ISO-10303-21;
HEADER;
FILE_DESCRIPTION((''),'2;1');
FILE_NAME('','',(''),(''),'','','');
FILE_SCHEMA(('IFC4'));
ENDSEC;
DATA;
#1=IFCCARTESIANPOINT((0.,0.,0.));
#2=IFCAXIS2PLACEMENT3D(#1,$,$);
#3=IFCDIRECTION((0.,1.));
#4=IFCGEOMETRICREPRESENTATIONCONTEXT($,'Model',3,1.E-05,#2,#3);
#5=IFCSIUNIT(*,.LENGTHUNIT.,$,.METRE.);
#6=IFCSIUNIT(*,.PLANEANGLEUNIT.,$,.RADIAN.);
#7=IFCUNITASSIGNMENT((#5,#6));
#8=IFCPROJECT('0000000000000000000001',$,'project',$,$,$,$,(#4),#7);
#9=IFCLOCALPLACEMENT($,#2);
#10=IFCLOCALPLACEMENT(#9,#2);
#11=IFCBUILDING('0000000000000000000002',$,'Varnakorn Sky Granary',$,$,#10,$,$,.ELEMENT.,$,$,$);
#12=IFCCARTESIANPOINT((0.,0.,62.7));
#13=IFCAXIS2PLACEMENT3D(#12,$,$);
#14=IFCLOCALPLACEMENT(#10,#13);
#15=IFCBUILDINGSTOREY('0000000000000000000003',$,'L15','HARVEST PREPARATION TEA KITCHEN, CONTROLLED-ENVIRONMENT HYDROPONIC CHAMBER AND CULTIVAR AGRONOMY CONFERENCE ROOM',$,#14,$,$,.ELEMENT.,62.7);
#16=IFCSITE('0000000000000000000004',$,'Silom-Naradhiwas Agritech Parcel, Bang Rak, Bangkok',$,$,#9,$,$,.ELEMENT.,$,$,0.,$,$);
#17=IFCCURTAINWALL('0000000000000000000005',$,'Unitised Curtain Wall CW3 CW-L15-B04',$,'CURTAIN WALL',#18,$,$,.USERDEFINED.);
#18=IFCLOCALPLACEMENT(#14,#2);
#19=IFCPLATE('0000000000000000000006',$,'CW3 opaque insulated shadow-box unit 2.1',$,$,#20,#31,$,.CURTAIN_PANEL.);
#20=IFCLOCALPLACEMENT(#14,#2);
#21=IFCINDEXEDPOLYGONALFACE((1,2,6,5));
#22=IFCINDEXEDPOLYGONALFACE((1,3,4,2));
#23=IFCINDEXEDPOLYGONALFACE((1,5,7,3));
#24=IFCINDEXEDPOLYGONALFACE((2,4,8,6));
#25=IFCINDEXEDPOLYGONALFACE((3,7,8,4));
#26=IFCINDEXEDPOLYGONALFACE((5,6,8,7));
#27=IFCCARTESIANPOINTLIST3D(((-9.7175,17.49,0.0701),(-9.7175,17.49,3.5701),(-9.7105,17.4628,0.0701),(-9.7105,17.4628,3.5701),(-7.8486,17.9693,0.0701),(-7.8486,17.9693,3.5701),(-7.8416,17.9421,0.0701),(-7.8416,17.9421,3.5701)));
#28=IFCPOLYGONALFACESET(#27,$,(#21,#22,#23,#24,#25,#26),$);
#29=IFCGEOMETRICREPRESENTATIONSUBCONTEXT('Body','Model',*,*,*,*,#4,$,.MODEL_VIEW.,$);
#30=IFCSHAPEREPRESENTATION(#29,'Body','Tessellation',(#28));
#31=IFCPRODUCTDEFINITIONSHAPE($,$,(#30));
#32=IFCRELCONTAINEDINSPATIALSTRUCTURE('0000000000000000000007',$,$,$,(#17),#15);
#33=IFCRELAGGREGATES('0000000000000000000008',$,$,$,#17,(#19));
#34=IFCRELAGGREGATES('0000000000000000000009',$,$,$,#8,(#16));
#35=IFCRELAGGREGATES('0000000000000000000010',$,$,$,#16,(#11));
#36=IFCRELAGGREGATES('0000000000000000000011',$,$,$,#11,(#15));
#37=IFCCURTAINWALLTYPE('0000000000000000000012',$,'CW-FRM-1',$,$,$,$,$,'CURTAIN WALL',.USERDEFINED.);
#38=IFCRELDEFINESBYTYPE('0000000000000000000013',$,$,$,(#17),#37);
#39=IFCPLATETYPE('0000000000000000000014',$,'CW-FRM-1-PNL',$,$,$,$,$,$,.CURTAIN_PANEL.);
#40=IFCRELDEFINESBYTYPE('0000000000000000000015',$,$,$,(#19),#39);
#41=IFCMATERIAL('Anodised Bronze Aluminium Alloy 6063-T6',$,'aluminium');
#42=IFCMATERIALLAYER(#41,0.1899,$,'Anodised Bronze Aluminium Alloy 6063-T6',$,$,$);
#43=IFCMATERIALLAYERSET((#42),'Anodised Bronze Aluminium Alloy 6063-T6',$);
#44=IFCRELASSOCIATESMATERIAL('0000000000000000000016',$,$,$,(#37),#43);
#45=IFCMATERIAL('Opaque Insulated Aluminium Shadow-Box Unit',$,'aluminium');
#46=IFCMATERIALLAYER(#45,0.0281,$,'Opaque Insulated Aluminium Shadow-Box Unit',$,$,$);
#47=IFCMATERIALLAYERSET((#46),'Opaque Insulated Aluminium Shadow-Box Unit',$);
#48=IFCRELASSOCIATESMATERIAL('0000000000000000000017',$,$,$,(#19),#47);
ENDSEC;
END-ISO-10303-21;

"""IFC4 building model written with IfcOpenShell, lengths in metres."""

from ifc_helpers import new_model, si_unit, direction, frame, origin, origin_2d, place, context, subcontext, project, spatial, rectangle, extrude, source, transform, mapped, material, layer, layer_set, type_object, element, aggregate, save


model = new_model("IFC4")

# Units and contexts
model_context = context("Model", 3, precision=1e-05, world=origin(), true_north=direction((0.0, 1.0)))
body_context = subcontext(model_context, "Body", "Model", "MODEL_VIEW")
ifc_project = project(units=[si_unit("LENGTHUNIT", "METRE"), si_unit("PLANEANGLEUNIT", "RADIAN")], contexts=[model_context])

# Site, building, storey
site_placement = place(None, origin())
site = spatial("IfcSite", under=ifc_project, at=site_placement, Name="Silom-Naradhiwas Agritech Parcel, Bang Rak, Bangkok", CompositionType="ELEMENT", RefElevation=0.0)
building_placement = place(site_placement, origin())
building = spatial("IfcBuilding", under=site, at=building_placement, Name="Varnakorn Sky Granary", CompositionType="ELEMENT")
storey_placement = place(building_placement, frame((0.0, 0.0, 62.7)))
storey = spatial("IfcBuildingStorey", under=building, at=storey_placement, Name="L15", Description="HARVEST PREPARATION TEA KITCHEN, CONTROLLED-ENVIRONMENT HYDROPONIC CHAMBER AND CULTIVAR AGRONOMY CONFERENCE ROOM", CompositionType="ELEMENT", Elevation=62.7)

# Curtain wall
ifc_material_1 = material(Name="Anodised Bronze Aluminium Alloy 6063-T6", Category="aluminium")
ifc_layer_1 = layer(ifc_material_1, 0.1899, Name="Anodised Bronze Aluminium Alloy 6063-T6")
ifc_layer_set_1 = layer_set([ifc_layer_1], Name="Anodised Bronze Aluminium Alloy 6063-T6")
curtain_wall_type = type_object("IfcCurtainWallType", Name="CW-FRM-1", ElementType="CURTAIN WALL", PredefinedType="USERDEFINED", material=ifc_layer_set_1)
curtain_wall_1_placement = place(storey_placement, origin())
curtain_wall_1 = element("IfcCurtainWall", 1, at=curtain_wall_1_placement, inside=storey, type_object=curtain_wall_type, Name="Unitised Curtain Wall CW3 CW-L15-B04", ObjectType="CURTAIN WALL", PredefinedType="USERDEFINED")

# Plate
ifc_material_2 = material(Name="Opaque Insulated Aluminium Shadow-Box Unit", Category="aluminium")
ifc_layer_2 = layer(ifc_material_2, 0.0281, Name="Opaque Insulated Aluminium Shadow-Box Unit")
ifc_layer_set_2 = layer_set([ifc_layer_2], Name="Opaque Insulated Aluminium Shadow-Box Unit")
plate_type_1 = type_object("IfcPlateType", Name="CW-FRM-1-PNL", PredefinedType="CURTAIN_PANEL")
shared_shape_1 = source(origin(), body_context, "Body", "SweptSolid", [
    extrude(rectangle(XDim=1.9294, YDim=0.0281, at=origin_2d()), origin(), (0.0, 0.0, 1.0), 3.5),
])
plate_1_placement = place(storey_placement, frame((-8.7795, 17.7161, 0.0701), z_axis=(0.0, 0.0, 1.0), x_axis=(0.968648, 0.248436, 0.0)))
plate_1 = element("IfcPlate", 2, at=plate_1_placement, type_object=plate_type_1, material=ifc_layer_set_2, Name="CW3 opaque insulated shadow-box unit 2.1", PredefinedType="CURTAIN_PANEL", context=body_context, shape_type="MappedRepresentation", body=[
    mapped(shared_shape_1, transform((0.0, 0.0, 0.0), x_axis=(1.0, 0.0, 0.0), y_axis=(0.0, 1.0, 0.0), z_axis=(0.0, 0.0, 1.0), scale=1.0)),
])
aggregate(curtain_wall_1, [plate_1])

save(model, "model.ifc")
